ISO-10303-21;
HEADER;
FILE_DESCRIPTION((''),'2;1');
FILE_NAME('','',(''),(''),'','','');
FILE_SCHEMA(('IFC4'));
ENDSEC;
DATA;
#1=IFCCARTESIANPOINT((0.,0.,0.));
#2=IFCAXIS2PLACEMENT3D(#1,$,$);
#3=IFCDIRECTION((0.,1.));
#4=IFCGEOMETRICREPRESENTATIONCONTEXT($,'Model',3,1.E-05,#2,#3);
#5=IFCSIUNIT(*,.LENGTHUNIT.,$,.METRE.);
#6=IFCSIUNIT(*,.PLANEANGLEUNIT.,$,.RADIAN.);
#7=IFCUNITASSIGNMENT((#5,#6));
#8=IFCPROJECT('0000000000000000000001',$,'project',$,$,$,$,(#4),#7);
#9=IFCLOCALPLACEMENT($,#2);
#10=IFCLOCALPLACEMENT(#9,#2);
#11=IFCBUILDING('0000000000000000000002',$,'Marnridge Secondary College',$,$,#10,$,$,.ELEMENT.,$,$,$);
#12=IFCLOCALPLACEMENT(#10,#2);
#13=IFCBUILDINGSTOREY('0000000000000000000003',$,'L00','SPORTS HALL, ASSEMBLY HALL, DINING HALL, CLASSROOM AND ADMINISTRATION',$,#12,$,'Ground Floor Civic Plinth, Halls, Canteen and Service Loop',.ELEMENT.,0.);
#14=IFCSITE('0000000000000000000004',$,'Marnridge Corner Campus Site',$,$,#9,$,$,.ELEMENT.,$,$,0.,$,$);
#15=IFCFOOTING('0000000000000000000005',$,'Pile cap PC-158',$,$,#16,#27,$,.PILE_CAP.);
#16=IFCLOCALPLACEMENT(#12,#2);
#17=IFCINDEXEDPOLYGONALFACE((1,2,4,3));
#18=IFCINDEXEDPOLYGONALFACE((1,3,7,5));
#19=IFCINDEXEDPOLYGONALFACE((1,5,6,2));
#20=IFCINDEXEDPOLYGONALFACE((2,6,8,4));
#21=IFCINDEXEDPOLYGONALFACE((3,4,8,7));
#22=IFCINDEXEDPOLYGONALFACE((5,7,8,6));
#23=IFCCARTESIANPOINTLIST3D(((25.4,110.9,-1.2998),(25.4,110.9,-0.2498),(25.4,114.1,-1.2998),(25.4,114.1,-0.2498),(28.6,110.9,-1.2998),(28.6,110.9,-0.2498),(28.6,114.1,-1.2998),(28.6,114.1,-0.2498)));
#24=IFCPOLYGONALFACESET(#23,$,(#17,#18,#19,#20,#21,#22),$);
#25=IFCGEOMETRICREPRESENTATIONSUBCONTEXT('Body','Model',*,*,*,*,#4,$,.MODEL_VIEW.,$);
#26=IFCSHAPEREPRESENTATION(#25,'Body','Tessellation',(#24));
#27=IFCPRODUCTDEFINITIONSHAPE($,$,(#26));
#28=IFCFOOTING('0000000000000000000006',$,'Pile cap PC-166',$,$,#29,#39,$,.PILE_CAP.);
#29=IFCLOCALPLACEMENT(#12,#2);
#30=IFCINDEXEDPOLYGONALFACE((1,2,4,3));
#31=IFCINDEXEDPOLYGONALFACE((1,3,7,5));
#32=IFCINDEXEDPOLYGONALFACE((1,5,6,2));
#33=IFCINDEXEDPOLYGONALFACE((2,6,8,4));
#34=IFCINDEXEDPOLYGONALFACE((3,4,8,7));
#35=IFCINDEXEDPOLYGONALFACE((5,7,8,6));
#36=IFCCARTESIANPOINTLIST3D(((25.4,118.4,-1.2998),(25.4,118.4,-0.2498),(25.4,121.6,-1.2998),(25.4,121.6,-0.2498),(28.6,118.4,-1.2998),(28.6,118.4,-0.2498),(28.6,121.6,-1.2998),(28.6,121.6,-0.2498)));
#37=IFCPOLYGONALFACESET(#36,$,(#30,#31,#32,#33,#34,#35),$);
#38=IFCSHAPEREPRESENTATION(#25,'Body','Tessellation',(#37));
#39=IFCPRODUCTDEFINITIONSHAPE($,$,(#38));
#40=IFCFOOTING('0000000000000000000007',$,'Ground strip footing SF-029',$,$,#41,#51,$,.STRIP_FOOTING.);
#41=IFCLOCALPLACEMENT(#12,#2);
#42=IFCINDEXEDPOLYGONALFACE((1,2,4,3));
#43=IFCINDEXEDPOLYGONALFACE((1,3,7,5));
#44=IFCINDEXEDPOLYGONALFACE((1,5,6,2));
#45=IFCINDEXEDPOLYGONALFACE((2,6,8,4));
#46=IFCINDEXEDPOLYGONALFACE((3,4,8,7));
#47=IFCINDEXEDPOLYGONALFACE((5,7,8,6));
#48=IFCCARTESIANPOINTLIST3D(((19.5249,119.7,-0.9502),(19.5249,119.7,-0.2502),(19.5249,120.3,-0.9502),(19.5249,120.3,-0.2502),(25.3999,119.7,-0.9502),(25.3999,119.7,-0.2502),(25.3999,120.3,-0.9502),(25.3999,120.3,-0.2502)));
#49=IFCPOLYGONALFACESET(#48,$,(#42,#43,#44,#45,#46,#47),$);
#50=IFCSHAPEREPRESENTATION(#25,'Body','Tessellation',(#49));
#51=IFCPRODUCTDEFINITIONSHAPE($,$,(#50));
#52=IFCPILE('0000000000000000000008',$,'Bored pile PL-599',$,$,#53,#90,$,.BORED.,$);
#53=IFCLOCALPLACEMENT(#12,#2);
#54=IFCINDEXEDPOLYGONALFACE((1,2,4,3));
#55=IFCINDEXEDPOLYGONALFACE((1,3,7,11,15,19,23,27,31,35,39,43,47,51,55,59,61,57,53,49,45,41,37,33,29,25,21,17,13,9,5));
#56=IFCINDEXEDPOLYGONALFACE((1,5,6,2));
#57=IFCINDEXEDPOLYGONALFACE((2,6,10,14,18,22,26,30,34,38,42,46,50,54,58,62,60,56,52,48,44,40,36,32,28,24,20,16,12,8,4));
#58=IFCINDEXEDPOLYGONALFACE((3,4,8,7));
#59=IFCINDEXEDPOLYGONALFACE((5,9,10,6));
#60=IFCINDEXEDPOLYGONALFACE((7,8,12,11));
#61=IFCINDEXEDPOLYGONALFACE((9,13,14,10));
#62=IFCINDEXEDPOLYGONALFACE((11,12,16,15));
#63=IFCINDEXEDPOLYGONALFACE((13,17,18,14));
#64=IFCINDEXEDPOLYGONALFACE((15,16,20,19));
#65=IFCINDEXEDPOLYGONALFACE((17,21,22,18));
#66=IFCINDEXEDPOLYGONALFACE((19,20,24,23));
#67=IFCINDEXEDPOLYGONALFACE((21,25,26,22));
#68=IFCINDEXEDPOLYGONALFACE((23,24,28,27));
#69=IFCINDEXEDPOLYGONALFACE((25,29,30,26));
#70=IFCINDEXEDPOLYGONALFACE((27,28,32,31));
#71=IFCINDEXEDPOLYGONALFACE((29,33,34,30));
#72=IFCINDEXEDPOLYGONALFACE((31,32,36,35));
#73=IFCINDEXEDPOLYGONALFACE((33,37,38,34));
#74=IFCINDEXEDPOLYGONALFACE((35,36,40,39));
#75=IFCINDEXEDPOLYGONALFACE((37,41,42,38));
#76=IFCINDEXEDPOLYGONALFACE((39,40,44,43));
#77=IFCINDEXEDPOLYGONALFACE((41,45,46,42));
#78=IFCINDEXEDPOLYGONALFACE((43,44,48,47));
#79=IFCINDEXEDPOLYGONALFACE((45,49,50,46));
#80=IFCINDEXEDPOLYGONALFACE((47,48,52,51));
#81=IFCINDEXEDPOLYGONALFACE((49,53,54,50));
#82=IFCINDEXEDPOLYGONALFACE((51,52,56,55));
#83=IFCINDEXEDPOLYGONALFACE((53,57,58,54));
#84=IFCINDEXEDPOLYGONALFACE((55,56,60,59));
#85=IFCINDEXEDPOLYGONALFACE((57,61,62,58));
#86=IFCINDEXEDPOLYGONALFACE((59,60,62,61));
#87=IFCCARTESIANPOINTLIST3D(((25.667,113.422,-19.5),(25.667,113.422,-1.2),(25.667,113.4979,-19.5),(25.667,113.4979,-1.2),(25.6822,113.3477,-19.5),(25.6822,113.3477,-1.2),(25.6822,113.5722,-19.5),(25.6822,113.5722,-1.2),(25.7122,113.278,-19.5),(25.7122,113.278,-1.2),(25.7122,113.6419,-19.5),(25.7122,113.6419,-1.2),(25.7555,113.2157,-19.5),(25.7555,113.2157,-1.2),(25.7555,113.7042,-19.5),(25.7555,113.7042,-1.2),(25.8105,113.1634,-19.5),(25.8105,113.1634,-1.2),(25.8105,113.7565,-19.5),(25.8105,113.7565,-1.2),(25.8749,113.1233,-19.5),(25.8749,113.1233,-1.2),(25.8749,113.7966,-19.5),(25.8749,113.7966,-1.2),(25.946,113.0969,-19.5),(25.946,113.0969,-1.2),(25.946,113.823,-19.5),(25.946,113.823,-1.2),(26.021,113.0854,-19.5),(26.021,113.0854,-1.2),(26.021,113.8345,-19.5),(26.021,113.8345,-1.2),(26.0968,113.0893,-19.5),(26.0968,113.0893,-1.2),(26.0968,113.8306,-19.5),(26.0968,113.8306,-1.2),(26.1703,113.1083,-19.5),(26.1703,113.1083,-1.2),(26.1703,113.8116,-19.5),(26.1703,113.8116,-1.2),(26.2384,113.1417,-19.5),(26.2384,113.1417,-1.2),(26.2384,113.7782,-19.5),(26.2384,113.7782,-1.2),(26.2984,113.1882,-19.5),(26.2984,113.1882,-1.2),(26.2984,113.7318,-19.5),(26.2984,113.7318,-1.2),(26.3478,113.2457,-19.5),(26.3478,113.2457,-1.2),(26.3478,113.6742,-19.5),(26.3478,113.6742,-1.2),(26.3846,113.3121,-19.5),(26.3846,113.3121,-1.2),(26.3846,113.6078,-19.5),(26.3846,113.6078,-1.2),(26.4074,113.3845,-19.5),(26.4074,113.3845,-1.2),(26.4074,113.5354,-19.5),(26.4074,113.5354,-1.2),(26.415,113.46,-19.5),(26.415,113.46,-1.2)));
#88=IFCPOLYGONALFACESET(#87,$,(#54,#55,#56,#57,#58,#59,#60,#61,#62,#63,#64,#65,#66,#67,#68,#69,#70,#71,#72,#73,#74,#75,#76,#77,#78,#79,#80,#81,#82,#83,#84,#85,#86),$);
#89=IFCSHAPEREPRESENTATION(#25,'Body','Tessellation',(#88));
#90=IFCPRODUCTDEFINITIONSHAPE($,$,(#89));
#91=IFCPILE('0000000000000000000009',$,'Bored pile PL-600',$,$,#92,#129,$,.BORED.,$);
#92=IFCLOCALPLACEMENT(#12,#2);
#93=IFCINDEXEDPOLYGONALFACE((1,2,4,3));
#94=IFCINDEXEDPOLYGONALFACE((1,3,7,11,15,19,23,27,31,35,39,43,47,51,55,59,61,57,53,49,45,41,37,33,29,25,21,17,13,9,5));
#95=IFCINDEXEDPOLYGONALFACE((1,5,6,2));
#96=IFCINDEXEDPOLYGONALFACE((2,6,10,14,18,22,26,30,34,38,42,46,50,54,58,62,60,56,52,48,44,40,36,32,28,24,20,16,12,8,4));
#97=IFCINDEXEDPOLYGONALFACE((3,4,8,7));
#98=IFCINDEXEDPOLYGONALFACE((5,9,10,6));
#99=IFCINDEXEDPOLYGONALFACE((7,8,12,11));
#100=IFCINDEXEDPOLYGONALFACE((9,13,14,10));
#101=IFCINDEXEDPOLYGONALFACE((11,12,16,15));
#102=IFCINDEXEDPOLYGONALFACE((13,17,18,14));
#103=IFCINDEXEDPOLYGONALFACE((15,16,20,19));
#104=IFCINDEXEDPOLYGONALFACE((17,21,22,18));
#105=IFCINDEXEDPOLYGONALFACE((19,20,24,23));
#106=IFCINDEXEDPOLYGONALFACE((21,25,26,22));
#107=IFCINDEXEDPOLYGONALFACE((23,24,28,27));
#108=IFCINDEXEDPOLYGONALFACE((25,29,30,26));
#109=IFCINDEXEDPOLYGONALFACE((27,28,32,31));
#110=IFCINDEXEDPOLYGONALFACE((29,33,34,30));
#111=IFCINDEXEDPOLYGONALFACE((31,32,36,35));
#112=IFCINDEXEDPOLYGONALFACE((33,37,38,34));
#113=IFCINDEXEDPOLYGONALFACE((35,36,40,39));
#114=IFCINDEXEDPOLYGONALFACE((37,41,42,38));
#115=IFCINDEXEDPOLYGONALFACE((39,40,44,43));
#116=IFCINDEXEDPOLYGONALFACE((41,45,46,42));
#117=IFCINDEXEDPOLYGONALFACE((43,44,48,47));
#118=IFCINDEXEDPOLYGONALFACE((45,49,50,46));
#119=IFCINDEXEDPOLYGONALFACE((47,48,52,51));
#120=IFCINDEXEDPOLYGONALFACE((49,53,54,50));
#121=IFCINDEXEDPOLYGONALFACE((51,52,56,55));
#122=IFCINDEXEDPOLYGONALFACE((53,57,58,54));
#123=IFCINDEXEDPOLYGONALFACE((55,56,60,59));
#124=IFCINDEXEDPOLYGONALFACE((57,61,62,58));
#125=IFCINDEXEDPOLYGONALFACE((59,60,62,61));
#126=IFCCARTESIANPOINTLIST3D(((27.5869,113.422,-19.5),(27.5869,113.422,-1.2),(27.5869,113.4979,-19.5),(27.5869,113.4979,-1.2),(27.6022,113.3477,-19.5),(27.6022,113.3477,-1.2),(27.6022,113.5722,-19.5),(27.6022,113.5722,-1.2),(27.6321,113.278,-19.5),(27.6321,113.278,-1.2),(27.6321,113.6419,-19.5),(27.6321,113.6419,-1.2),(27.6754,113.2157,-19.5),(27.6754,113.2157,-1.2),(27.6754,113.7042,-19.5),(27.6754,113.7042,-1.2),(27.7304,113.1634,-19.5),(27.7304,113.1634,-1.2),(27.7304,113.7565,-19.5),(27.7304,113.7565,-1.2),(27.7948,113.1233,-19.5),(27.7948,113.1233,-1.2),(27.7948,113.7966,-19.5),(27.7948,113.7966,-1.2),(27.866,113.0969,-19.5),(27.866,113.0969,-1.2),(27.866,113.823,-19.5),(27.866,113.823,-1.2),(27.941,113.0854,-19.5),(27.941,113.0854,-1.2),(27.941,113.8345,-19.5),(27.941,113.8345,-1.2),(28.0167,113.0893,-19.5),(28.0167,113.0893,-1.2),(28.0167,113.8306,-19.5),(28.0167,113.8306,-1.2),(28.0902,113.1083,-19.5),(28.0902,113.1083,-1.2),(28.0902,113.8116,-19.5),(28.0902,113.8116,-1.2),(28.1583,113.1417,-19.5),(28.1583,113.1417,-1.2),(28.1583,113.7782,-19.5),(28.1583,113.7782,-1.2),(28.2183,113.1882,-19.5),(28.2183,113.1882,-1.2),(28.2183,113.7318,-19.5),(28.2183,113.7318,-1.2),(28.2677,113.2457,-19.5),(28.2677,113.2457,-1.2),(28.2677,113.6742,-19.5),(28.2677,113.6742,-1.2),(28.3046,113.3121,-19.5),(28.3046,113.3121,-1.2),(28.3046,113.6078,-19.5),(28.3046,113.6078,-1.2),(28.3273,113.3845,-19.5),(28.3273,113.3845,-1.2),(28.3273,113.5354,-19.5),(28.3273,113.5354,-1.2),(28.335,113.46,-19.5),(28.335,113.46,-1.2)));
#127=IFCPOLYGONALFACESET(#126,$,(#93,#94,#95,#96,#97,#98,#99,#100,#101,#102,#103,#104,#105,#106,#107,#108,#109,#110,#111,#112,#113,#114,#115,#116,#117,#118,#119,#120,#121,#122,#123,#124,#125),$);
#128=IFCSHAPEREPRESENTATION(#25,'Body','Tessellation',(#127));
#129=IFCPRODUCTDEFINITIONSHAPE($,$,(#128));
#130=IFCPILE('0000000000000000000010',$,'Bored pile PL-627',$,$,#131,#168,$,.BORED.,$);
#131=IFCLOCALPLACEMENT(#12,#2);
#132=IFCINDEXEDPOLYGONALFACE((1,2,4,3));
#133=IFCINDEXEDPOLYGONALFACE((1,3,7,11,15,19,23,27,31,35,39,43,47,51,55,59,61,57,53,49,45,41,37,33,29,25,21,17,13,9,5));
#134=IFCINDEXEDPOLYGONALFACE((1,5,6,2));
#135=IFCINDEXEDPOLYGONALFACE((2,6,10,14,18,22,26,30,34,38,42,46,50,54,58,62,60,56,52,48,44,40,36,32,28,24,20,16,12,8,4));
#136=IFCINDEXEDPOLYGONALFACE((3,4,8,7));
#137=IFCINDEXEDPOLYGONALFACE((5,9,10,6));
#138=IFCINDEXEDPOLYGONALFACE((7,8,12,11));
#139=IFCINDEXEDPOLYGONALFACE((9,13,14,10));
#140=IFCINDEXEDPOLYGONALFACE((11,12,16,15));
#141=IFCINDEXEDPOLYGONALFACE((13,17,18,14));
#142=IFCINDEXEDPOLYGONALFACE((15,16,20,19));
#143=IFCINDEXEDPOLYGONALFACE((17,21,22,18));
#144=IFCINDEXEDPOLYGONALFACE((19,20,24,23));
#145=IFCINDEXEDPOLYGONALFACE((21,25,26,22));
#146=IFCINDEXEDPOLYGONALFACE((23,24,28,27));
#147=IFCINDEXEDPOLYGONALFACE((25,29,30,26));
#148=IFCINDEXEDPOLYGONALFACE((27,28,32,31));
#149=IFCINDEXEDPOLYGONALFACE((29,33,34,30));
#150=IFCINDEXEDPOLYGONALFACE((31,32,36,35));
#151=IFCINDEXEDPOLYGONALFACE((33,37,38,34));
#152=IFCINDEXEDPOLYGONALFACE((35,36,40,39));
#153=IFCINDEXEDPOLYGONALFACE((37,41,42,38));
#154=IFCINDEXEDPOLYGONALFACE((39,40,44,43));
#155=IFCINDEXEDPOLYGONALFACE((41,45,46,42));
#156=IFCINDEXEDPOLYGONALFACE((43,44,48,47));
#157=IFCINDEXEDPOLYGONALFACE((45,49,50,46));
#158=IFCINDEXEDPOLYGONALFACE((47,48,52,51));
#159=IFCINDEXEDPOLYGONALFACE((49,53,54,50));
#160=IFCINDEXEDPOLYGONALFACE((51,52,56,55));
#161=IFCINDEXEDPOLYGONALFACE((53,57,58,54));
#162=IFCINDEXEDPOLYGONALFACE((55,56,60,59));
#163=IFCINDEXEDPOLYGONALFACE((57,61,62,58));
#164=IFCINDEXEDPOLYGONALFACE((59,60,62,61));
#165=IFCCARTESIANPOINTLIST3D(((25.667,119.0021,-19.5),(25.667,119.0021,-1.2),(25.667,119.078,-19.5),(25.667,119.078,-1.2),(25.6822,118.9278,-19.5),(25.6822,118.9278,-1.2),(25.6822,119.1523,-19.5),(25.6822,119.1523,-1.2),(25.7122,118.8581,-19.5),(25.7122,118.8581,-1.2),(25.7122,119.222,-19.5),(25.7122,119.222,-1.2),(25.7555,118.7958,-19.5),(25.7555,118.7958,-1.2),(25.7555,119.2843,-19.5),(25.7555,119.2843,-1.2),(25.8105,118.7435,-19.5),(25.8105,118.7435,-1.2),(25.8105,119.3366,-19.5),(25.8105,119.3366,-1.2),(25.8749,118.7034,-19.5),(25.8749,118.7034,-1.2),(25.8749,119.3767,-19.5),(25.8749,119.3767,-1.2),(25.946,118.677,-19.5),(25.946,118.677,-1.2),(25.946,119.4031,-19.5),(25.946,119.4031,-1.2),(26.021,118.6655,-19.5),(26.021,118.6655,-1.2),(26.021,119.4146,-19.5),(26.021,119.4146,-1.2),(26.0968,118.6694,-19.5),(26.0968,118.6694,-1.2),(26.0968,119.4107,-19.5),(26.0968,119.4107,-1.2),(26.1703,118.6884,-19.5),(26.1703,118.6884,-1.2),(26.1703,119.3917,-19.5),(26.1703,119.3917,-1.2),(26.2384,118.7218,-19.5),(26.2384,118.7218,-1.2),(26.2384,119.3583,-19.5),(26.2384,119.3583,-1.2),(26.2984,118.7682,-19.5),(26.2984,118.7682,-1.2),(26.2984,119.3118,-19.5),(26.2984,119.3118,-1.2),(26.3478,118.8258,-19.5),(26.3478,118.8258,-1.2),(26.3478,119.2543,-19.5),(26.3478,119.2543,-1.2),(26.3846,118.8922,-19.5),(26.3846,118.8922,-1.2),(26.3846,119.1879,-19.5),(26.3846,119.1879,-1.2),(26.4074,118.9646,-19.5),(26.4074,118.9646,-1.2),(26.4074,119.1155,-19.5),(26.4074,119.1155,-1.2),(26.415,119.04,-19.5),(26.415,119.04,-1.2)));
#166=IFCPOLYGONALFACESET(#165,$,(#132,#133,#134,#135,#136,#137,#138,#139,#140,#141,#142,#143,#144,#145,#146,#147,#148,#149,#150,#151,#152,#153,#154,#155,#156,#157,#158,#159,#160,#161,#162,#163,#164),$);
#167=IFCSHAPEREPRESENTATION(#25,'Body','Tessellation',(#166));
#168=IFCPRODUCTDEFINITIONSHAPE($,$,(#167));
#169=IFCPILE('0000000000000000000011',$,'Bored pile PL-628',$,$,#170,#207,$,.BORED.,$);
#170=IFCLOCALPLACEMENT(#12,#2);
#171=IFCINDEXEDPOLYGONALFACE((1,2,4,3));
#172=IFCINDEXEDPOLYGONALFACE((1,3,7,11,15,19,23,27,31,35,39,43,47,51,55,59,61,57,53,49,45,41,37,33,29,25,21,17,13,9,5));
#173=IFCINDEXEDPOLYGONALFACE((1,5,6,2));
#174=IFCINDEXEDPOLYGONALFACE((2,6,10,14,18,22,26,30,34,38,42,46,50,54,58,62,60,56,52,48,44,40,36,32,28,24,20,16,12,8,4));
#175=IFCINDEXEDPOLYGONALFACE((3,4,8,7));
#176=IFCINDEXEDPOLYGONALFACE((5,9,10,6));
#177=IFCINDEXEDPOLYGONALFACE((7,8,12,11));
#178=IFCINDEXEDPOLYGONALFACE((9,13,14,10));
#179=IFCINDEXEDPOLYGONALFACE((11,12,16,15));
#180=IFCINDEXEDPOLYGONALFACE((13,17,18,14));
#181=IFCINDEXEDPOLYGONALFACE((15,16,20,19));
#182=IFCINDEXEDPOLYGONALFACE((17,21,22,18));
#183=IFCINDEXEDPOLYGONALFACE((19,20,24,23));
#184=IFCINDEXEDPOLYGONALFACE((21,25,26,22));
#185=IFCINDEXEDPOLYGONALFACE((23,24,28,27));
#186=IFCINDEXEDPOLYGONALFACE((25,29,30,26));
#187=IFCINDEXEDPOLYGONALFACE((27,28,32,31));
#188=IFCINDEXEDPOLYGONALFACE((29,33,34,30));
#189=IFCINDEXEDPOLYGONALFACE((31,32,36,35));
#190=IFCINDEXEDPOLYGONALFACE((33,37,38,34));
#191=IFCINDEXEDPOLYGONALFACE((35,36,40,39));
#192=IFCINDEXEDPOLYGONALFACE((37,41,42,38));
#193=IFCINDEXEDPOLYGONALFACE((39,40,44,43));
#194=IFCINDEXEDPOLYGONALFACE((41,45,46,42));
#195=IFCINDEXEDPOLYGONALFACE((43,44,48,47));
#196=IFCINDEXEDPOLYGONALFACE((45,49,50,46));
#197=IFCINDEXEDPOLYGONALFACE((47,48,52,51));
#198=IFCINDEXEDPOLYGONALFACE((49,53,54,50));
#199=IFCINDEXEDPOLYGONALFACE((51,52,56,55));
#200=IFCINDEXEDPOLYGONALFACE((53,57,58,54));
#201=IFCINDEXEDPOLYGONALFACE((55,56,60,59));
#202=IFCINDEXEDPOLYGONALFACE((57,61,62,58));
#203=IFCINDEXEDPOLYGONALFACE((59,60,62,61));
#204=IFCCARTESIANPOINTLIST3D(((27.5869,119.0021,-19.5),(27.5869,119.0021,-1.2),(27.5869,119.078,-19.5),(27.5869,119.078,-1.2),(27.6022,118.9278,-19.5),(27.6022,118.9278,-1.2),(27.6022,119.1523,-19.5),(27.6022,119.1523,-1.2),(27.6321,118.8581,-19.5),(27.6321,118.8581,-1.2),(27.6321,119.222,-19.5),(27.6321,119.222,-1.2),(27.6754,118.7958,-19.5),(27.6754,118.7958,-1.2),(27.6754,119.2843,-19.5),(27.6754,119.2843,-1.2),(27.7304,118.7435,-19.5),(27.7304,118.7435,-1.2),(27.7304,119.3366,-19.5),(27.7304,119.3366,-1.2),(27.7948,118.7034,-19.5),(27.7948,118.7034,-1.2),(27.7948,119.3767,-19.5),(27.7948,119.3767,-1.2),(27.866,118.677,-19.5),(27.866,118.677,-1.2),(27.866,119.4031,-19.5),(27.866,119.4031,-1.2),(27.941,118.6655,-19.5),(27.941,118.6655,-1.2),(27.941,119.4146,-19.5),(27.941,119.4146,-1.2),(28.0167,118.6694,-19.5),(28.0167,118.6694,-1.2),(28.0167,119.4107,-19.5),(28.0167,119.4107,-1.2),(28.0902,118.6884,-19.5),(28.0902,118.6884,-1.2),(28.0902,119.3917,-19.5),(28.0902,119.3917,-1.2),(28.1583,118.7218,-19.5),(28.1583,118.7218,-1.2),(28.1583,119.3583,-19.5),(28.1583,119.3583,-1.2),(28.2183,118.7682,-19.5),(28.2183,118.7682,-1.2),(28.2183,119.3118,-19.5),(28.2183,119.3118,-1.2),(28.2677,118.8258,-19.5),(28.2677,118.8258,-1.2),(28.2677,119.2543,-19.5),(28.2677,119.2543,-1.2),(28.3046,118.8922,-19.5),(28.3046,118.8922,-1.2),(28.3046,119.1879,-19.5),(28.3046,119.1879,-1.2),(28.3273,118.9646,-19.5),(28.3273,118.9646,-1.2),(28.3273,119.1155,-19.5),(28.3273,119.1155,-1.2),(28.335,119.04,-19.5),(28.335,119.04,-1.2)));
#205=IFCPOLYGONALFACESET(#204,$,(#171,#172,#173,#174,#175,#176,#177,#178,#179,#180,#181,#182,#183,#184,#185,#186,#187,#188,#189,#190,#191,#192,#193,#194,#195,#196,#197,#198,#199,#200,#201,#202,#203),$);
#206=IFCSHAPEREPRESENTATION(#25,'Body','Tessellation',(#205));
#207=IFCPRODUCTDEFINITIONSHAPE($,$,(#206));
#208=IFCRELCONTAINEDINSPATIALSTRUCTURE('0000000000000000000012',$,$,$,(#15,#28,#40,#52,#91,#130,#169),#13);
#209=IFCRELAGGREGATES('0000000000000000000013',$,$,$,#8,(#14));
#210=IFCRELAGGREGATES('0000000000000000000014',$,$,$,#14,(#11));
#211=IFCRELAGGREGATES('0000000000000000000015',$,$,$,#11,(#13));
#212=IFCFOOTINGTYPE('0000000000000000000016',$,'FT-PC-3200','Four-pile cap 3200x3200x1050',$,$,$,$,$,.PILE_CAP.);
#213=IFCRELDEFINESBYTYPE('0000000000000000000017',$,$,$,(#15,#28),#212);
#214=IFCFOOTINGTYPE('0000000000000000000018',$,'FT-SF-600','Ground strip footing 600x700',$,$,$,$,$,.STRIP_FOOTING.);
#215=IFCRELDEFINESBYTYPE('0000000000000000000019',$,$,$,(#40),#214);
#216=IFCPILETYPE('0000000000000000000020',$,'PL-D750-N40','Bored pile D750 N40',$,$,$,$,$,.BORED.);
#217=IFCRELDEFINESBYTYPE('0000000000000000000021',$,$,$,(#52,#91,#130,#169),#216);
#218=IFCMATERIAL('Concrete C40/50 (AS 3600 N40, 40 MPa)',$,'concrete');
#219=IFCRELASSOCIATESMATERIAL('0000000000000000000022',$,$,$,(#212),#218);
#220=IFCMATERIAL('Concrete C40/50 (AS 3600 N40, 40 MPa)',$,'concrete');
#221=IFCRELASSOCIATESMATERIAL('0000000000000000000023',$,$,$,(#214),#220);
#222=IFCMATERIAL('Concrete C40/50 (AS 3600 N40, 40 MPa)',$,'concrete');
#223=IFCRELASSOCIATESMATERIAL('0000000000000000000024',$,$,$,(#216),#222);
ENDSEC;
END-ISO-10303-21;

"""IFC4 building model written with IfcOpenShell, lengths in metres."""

from ifc_helpers import new_model, si_unit, direction, frame, origin, origin_2d, place, context, subcontext, project, spatial, rectangle, circle, extrude, material, material_profile, profile_set, type_object, element, save


model = new_model("IFC4")

# Units and contexts
model_context = context("Model", 3, precision=1e-05, world=origin(), true_north=direction((0.0, 1.0)))
body_context = subcontext(model_context, "Body", "Model", "MODEL_VIEW")
ifc_project = project(units=[si_unit("LENGTHUNIT", "METRE"), si_unit("PLANEANGLEUNIT", "RADIAN")], contexts=[model_context])

# Site, building, storey
site_placement = place(None, origin())
site = spatial("IfcSite", under=ifc_project, at=site_placement, Name="Marnridge Corner Campus Site", CompositionType="ELEMENT", RefElevation=0.0)
building_placement = place(site_placement, origin())
building = spatial("IfcBuilding", under=site, at=building_placement, Name="Marnridge Secondary College", CompositionType="ELEMENT")
storey_placement = place(building_placement, origin())
storey = spatial("IfcBuildingStorey", under=building, at=storey_placement, Name="L00", Description="SPORTS HALL, ASSEMBLY HALL, DINING HALL, CLASSROOM AND ADMINISTRATION", LongName="Ground Floor Civic Plinth, Halls, Canteen and Service Loop", CompositionType="ELEMENT", Elevation=0.0)

# Footings
ifc_material_1 = material(Name="Concrete C40/50 (AS 3600 N40, 40 MPa)", Category="concrete")
footing_type_1 = type_object("IfcFootingType", Name="FT-PC-3200", Description="Four-pile cap 3200x3200x1050", PredefinedType="PILE_CAP", material=ifc_material_1)
for number, where, z_axis, x_axis, name in (
    (1, (27.0, 112.5, -1.2998), (0.0, 0.0, 1.0), (1.0, 0.0, 0.0), "Pile cap PC-158"),
    (2, (27.0, 120.0, -1.2998), (0.0, 0.0, 1.0), (1.0, 0.0, 0.0), "Pile cap PC-166"),
):
    element("IfcFooting", number, at=place(storey_placement, frame(where, z_axis=z_axis, x_axis=x_axis)), inside=storey, type_object=footing_type_1, Name=name, PredefinedType="PILE_CAP", context=body_context, shape_type="SweptSolid", body=[
        extrude(rectangle(XDim=3.2, YDim=3.2, at=origin_2d()), origin(), (0.0, 0.0, 1.0), 1.05),
    ])
ifc_material_2 = material(Name="Concrete C40/50 (AS 3600 N40, 40 MPa)", Category="concrete")
footing_type_2 = type_object("IfcFootingType", Name="FT-SF-600", Description="Ground strip footing 600x700", PredefinedType="STRIP_FOOTING", material=ifc_material_2)
footing_placement = place(storey_placement, frame((22.4624, 120.0, -0.9502), z_axis=(0.0, 0.0, 1.0), x_axis=(1.0, 0.0, 0.0)))
element("IfcFooting", 3, at=footing_placement, inside=storey, type_object=footing_type_2, Name="Ground strip footing SF-029", PredefinedType="STRIP_FOOTING", context=body_context, shape_type="SweptSolid", body=[
    extrude(rectangle(XDim=5.875, YDim=0.6001, at=origin_2d()), origin(), (0.0, 0.0, 1.0), 0.7),
])

# Piles
ifc_material_3 = material(Name="Concrete C40/50 (AS 3600 N40, 40 MPa)", Category="concrete")
ifc_material_profile_1 = material_profile(ifc_material_3, circle(Radius=0.375, at=origin_2d()), Name="PILE D750")
ifc_profile_set_1 = profile_set([ifc_material_profile_1], Name="Concrete C40/50 (AS 3600 N40, 40 MPa)")
pile_type = type_object("IfcPileType", Name="PL-D750-N40", Description="Bored pile D750 N40", PredefinedType="BORED", material=ifc_profile_set_1)
for number, where, z_axis, x_axis, name in (
    (4, (26.04, 113.46, -1.2), (0.0, 0.0, -1.0), (1.0, 0.0, 0.0), "Bored pile PL-599"),
    (5, (27.96, 113.46, -1.2), (0.0, 0.0, -1.0), (1.0, 0.0, 0.0), "Bored pile PL-600"),
    (6, (26.04, 119.04, -1.2), (0.0, 0.0, -1.0), (1.0, 0.0, 0.0), "Bored pile PL-627"),
    (7, (27.96, 119.04, -1.2), (0.0, 0.0, -1.0), (1.0, 0.0, 0.0), "Bored pile PL-628"),
):
    element("IfcPile", number, at=place(storey_placement, frame(where, z_axis=z_axis, x_axis=x_axis)), inside=storey, type_object=pile_type, Name=name, PredefinedType="BORED", context=body_context, shape_type="SweptSolid", body=[
        extrude(circle(Radius=0.375, at=origin_2d()), origin(), (0.0, 0.0, 1.0), 18.3),
    ])

save(model, "model.ifc")
